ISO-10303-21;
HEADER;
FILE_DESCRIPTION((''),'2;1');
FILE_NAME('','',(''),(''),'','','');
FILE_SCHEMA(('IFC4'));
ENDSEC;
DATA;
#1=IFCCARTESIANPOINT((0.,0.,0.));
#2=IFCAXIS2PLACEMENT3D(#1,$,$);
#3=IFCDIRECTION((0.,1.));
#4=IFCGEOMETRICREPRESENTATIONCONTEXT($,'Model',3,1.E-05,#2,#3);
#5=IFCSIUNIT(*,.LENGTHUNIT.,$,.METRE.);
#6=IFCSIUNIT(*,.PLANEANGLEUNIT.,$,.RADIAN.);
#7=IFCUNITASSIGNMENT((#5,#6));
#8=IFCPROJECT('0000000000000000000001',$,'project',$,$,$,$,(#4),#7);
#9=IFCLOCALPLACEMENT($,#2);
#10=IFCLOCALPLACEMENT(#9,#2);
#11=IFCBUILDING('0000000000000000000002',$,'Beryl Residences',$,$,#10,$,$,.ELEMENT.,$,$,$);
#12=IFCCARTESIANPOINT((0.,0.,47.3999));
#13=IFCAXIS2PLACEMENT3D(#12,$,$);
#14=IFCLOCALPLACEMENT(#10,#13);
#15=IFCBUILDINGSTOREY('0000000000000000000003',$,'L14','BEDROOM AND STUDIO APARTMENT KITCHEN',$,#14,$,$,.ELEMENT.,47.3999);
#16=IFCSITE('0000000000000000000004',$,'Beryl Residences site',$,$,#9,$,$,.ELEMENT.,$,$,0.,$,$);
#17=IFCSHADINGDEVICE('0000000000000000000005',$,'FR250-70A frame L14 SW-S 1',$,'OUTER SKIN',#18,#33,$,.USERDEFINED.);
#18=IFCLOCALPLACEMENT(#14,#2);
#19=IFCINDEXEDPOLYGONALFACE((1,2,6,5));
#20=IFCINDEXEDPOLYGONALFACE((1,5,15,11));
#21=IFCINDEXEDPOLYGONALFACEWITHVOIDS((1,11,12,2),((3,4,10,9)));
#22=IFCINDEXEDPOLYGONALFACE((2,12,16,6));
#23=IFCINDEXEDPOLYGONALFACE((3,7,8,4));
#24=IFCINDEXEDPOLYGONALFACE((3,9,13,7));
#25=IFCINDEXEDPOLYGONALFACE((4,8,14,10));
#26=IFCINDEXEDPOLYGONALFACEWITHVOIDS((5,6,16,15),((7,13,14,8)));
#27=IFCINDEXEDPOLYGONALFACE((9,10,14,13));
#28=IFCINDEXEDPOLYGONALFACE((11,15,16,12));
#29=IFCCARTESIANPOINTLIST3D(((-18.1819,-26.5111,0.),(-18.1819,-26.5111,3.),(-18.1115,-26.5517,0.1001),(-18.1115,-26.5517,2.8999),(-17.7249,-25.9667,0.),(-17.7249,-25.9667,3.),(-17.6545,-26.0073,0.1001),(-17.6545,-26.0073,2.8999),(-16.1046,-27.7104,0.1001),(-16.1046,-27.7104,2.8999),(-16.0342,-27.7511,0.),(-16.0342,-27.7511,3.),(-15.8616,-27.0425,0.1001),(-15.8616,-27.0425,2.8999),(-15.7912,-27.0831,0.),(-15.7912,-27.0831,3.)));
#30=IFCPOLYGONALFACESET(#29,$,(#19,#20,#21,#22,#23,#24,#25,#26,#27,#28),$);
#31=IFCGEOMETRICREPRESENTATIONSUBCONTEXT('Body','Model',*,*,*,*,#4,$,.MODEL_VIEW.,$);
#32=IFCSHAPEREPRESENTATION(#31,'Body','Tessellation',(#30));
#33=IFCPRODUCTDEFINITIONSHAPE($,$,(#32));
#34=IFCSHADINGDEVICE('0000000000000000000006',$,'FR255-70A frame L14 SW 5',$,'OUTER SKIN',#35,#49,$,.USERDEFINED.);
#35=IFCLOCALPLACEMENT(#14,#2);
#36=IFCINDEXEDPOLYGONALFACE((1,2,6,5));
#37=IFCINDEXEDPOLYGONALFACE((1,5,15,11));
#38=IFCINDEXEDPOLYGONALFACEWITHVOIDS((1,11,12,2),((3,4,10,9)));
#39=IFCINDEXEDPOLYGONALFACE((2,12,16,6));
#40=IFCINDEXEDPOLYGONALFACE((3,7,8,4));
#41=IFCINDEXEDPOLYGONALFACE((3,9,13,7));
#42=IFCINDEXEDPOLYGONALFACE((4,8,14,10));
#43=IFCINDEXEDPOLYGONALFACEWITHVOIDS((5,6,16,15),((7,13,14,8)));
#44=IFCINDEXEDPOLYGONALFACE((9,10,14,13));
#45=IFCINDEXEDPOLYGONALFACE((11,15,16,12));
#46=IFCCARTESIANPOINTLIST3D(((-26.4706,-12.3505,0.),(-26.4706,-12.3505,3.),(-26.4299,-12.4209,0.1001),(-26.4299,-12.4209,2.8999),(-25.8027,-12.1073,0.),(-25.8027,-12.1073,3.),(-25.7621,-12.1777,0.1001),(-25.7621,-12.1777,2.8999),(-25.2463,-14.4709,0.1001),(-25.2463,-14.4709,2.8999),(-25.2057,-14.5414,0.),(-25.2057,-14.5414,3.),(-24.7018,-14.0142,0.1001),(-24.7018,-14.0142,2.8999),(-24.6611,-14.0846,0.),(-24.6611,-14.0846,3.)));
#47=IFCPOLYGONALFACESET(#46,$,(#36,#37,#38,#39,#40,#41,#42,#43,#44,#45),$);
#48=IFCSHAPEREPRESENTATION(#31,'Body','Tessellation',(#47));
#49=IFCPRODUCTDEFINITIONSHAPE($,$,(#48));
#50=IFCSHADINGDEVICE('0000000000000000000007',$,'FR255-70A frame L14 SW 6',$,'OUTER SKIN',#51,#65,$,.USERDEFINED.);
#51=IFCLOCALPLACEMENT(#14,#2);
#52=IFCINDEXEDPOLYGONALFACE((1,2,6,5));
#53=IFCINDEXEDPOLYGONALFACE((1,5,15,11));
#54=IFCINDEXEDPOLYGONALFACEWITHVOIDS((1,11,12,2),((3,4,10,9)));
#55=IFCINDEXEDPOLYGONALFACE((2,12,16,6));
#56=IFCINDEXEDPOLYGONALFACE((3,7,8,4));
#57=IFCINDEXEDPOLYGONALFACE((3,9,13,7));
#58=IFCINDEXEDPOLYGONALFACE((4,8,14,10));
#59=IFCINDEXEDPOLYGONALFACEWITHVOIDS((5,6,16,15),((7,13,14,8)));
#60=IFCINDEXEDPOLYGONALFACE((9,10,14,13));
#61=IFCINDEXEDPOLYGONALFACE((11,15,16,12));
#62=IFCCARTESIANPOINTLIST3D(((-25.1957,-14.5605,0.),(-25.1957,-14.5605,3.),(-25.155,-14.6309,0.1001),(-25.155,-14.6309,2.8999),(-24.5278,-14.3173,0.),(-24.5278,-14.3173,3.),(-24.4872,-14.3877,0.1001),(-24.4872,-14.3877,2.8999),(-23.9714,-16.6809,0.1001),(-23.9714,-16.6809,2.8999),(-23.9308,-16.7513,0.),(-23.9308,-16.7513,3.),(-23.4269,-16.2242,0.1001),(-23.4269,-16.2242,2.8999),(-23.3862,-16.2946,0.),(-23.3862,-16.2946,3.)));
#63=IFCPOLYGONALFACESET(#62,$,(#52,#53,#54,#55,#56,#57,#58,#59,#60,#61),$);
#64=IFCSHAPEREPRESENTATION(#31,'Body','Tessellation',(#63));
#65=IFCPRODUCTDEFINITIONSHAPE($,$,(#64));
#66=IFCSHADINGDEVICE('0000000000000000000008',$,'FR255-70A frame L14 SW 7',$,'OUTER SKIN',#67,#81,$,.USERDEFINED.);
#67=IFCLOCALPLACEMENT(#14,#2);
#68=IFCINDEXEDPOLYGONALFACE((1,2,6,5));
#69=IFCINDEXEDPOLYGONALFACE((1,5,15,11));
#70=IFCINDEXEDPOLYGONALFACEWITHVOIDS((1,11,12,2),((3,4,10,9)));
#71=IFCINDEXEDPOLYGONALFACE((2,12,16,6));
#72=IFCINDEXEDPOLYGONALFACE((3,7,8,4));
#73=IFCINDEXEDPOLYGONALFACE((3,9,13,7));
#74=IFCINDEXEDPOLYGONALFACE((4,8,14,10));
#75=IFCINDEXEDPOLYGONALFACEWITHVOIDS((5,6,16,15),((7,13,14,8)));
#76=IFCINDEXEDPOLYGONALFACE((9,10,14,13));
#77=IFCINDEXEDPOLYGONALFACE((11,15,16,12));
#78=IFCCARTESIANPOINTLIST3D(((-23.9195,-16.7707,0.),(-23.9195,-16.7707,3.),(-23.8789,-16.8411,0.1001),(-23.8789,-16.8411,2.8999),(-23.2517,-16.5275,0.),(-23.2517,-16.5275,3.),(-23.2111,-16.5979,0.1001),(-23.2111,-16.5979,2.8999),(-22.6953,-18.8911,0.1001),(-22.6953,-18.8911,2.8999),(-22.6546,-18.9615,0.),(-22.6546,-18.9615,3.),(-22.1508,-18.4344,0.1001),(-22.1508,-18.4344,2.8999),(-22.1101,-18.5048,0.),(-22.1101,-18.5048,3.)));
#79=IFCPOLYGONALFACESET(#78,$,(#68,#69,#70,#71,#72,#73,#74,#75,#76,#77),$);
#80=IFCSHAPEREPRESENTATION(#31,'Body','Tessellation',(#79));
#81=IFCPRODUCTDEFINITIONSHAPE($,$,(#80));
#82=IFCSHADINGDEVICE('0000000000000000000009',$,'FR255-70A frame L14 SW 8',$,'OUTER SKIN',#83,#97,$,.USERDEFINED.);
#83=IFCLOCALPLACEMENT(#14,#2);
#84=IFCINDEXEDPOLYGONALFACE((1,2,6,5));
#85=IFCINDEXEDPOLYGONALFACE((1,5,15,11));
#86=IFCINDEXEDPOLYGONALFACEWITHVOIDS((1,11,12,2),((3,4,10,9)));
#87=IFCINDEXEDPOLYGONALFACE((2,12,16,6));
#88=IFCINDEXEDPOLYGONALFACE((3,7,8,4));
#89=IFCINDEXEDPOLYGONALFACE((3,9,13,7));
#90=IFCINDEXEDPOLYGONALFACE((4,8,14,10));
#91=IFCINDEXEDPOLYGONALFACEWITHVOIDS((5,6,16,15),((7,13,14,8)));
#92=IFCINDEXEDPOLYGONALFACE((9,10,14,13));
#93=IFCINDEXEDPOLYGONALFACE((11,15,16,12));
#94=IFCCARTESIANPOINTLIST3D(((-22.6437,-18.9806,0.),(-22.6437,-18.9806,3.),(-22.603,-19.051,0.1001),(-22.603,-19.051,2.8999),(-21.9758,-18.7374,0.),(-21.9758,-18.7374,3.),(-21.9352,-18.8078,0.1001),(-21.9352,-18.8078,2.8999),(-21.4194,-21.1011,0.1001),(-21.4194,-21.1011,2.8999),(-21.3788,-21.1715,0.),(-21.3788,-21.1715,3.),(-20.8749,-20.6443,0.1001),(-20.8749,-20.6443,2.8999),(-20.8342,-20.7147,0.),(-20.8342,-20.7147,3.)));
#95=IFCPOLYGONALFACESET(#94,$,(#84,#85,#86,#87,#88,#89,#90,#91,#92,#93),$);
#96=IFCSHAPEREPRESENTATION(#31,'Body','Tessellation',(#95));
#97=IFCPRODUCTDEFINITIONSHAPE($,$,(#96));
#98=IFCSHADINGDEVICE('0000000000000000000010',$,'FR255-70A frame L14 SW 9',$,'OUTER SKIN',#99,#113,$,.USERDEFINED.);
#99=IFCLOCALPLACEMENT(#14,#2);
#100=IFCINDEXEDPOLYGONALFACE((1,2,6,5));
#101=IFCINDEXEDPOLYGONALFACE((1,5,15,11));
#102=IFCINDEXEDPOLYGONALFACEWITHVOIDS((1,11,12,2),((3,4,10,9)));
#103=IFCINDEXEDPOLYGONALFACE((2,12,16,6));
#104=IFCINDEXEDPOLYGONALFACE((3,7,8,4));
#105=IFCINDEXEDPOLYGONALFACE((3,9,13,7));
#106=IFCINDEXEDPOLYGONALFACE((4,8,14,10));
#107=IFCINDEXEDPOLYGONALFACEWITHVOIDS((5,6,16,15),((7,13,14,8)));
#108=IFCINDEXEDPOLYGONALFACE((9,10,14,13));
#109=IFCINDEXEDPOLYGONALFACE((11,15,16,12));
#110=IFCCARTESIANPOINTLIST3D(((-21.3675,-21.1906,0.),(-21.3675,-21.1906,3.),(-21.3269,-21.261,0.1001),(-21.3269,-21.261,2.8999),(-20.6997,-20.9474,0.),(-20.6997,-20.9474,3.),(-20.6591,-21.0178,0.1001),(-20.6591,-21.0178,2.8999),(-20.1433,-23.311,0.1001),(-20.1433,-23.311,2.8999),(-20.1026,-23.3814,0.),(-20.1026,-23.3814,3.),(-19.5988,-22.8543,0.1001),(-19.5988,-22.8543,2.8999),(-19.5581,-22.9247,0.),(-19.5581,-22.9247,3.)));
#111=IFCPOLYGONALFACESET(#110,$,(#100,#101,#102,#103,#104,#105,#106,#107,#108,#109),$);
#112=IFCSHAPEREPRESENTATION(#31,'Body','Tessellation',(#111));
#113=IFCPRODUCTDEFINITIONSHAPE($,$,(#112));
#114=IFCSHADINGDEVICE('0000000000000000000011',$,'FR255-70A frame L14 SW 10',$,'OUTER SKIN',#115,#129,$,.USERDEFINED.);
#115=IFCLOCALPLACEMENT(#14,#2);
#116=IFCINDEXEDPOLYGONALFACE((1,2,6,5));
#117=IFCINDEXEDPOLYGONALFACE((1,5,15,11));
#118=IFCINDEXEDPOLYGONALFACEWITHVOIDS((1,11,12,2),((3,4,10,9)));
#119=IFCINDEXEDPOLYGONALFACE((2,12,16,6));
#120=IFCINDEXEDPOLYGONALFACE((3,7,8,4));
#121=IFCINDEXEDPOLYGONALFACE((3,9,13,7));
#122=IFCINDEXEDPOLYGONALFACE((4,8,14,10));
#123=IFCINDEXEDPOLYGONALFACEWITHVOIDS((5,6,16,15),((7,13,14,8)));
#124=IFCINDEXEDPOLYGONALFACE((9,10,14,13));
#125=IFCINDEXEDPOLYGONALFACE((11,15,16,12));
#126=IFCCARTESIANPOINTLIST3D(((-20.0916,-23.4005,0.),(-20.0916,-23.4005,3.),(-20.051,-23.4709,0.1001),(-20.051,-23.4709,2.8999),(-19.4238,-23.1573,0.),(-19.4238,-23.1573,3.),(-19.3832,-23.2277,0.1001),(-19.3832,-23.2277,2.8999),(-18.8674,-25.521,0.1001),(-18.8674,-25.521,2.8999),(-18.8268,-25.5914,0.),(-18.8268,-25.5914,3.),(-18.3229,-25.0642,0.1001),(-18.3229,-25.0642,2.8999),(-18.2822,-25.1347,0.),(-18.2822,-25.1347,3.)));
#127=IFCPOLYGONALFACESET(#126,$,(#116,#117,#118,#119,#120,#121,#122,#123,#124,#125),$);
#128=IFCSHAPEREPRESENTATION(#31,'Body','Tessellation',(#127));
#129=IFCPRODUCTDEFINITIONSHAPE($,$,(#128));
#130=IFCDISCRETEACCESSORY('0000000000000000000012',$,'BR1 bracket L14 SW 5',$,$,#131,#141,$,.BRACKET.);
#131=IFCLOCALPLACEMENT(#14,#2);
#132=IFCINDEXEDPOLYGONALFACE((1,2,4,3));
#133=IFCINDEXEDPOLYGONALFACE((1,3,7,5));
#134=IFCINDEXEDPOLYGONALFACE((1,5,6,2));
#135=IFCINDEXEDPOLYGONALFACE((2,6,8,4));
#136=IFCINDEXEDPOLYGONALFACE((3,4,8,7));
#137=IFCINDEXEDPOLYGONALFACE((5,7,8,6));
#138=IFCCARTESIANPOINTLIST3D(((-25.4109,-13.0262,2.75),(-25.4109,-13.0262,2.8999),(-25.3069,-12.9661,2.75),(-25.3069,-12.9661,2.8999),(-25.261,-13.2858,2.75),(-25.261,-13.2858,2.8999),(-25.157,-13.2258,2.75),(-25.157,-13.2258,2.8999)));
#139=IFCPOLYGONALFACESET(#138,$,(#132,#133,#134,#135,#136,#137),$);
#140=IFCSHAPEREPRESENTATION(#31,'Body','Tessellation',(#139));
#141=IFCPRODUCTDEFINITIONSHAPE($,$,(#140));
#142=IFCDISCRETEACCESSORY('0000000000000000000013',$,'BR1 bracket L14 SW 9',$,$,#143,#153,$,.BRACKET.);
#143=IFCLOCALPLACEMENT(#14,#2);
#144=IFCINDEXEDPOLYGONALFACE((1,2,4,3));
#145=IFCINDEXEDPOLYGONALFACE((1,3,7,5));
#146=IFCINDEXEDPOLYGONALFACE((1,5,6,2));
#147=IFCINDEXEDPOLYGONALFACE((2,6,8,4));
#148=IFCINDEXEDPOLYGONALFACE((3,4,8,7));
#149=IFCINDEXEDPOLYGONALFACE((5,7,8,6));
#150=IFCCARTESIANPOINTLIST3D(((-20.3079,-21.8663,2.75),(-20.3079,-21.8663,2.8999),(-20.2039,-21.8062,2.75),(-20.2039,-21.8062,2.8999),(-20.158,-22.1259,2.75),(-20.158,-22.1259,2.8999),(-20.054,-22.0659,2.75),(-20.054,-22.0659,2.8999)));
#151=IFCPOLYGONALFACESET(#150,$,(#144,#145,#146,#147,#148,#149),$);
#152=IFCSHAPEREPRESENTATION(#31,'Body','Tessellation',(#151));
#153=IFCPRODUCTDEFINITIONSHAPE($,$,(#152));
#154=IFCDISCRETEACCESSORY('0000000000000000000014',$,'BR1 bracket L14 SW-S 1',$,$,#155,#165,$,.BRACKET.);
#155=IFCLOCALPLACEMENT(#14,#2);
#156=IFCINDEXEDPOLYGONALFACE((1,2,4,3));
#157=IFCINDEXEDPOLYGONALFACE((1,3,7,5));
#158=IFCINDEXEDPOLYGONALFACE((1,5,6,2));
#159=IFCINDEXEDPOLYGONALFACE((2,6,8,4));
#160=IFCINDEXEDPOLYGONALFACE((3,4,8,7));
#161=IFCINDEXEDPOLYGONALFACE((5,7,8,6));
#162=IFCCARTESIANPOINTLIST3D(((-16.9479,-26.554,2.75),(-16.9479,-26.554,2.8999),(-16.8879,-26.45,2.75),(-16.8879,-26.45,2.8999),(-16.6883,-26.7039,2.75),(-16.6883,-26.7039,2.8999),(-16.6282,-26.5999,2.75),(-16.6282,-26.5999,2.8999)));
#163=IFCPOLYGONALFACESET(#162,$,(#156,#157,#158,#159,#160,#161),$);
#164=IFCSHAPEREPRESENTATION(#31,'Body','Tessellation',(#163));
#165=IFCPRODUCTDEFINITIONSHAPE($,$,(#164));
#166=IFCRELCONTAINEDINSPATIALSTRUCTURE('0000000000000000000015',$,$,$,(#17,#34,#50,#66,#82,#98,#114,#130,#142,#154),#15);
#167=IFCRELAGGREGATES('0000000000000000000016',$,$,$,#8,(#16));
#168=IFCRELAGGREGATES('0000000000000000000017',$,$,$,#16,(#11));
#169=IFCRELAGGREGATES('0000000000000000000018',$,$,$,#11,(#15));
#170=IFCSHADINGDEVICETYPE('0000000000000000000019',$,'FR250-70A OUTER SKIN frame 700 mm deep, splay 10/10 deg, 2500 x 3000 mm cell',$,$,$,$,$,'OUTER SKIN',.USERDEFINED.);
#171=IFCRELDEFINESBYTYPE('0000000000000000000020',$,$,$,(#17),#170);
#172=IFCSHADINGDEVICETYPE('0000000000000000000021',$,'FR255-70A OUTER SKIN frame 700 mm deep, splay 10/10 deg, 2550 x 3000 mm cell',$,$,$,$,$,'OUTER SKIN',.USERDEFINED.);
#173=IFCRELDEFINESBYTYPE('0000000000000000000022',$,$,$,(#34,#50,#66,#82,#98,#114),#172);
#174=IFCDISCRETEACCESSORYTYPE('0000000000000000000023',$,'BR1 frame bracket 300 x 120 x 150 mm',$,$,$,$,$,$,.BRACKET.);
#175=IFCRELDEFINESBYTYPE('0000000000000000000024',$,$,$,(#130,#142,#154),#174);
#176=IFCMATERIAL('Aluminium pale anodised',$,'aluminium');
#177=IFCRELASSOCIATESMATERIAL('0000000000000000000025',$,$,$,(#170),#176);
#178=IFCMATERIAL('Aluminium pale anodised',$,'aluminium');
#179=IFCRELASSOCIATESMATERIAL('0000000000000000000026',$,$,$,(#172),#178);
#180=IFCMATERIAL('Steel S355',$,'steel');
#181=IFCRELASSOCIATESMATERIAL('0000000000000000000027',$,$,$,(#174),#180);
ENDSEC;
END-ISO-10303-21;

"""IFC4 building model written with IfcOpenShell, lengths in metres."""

from ifc_helpers import new_model, entity, si_unit, direction, frame, origin, place, context, subcontext, project, spatial, polyline, outline, extrude, source, transform, mapped, material, type_object, type_shapes, element, save


model = new_model("IFC4")

# Units and contexts
model_context = context("Model", 3, precision=1e-05, world=origin(), true_north=direction((0.0, 1.0)))
body_context = subcontext(model_context, "Body", "Model", "MODEL_VIEW")
ifc_project = project(units=[si_unit("LENGTHUNIT", "METRE"), si_unit("PLANEANGLEUNIT", "RADIAN")], contexts=[model_context])

# Site, building, storey
site_placement = place(None, origin())
site = spatial("IfcSite", under=ifc_project, at=site_placement, Name="Beryl Residences site", CompositionType="ELEMENT", RefElevation=0.0)
building_placement = place(site_placement, origin())
building = spatial("IfcBuilding", under=site, at=building_placement, Name="Beryl Residences", CompositionType="ELEMENT")
storey_placement = place(building_placement, frame((0.0, 0.0, 47.3999)))
storey = spatial("IfcBuildingStorey", under=building, at=storey_placement, Name="L14", Description="BEDROOM AND STUDIO APARTMENT KITCHEN", CompositionType="ELEMENT", Elevation=47.3999)

# Shading devices
ifc_material_1 = material(Name="Aluminium pale anodised", Category="aluminium")
shading_device_type_1 = type_object("IfcShadingDeviceType", Name="FR250-70A OUTER SKIN frame 700 mm deep, splay 10/10 deg, 2500 x 3000 mm cell", ElementType="OUTER SKIN", PredefinedType="USERDEFINED", material=ifc_material_1)
cartesian_point_1 = entity("IfcCartesianPoint", [-1.1165, 0.0])
cartesian_point_2 = entity("IfcCartesianPoint", [-1.0352, 0.1001])
cartesian_point_3 = entity("IfcCartesianPoint", [-1.24, 0.0])
cartesian_point_4 = entity("IfcCartesianPoint", [-1.1587, 0.1001])
shared_shape_1 = source(origin(), body_context, "Body", "SweptSolid", [
    entity("IfcExtrudedAreaSolidTapered", entity("IfcArbitraryProfileDefWithVoids", "AREA", None, entity("IfcPolyline", [cartesian_point_1, entity("IfcCartesianPoint", [1.1165, 0.0]), entity("IfcCartesianPoint", [1.1165, 3.0]), entity("IfcCartesianPoint", [-1.1165, 3.0]), cartesian_point_1]), [entity("IfcPolyline", [cartesian_point_2, entity("IfcCartesianPoint", [1.0352, 0.1001]), entity("IfcCartesianPoint", [1.0352, 2.8999]), entity("IfcCartesianPoint", [-1.0352, 2.8999]), cartesian_point_2])]), entity("IfcAxis2Placement3D", entity("IfcCartesianPoint", [0.0, 0.0, 0.0]), entity("IfcDirection", [0.0, 1.0, 0.0]), entity("IfcDirection", [-1.0, 0.0, 0.0])), entity("IfcDirection", [0.0, 0.0, 1.0]), 0.7, entity("IfcArbitraryProfileDefWithVoids", "AREA", None, entity("IfcPolyline", [cartesian_point_3, entity("IfcCartesianPoint", [1.24, 0.0]), entity("IfcCartesianPoint", [1.24, 3.0]), entity("IfcCartesianPoint", [-1.24, 3.0]), cartesian_point_3]), [entity("IfcPolyline", [cartesian_point_4, entity("IfcCartesianPoint", [1.1587, 0.1001]), entity("IfcCartesianPoint", [1.1587, 2.8999]), entity("IfcCartesianPoint", [-1.1587, 2.8999]), cartesian_point_4])])),
])
type_shapes(shading_device_type_1, [shared_shape_1])
shading_device_placement = place(storey_placement, frame((-16.7581, -26.5249, 0.0), z_axis=(0.0, 0.0, 1.0), x_axis=(-0.866025, 0.5, 0.0)))
element("IfcShadingDevice", 1, at=shading_device_placement, inside=storey, type_object=shading_device_type_1, Name="FR250-70A frame L14 SW-S 1", ObjectType="OUTER SKIN", PredefinedType="USERDEFINED", context=body_context, shape_type="MappedRepresentation", body=[
    mapped(shared_shape_1, transform((0.0, 0.0, 0.0))),
])
ifc_material_2 = material(Name="Aluminium pale anodised", Category="aluminium")
shading_device_type_2 = type_object("IfcShadingDeviceType", Name="FR255-70A OUTER SKIN frame 700 mm deep, splay 10/10 deg, 2550 x 3000 mm cell", ElementType="OUTER SKIN", PredefinedType="USERDEFINED", material=ifc_material_2)
cartesian_point_5 = entity("IfcCartesianPoint", [-1.1416, 0.0])
cartesian_point_6 = entity("IfcCartesianPoint", [-1.0603, 0.1001])
cartesian_point_7 = entity("IfcCartesianPoint", [-1.2649, 0.0])
cartesian_point_8 = entity("IfcCartesianPoint", [-1.1836, 0.1001])
shared_shape_2 = source(origin(), body_context, "Body", "SweptSolid", [
    entity("IfcExtrudedAreaSolidTapered", entity("IfcArbitraryProfileDefWithVoids", "AREA", None, entity("IfcPolyline", [cartesian_point_5, entity("IfcCartesianPoint", [1.1416, 0.0]), entity("IfcCartesianPoint", [1.1416, 3.0]), entity("IfcCartesianPoint", [-1.1416, 3.0]), cartesian_point_5]), [entity("IfcPolyline", [cartesian_point_6, entity("IfcCartesianPoint", [1.0603, 0.1001]), entity("IfcCartesianPoint", [1.0603, 2.8999]), entity("IfcCartesianPoint", [-1.0603, 2.8999]), cartesian_point_6])]), entity("IfcAxis2Placement3D", entity("IfcCartesianPoint", [0.0, 0.0, 0.0]), entity("IfcDirection", [0.0, 1.0, 0.0]), entity("IfcDirection", [-1.0, 0.0, 0.0])), entity("IfcDirection", [0.0, 0.0, 1.0]), 0.7, entity("IfcArbitraryProfileDefWithVoids", "AREA", None, entity("IfcPolyline", [cartesian_point_7, entity("IfcCartesianPoint", [1.2649, 0.0]), entity("IfcCartesianPoint", [1.2649, 3.0]), entity("IfcCartesianPoint", [-1.2649, 3.0]), cartesian_point_7]), [entity("IfcPolyline", [cartesian_point_8, entity("IfcCartesianPoint", [1.1836, 0.1001]), entity("IfcCartesianPoint", [1.1836, 2.8999]), entity("IfcCartesianPoint", [-1.1836, 2.8999]), cartesian_point_8])])),
])
type_shapes(shading_device_type_2, [shared_shape_2])
for number, where, z_axis, x_axis, name in (
    (2, (-25.2319, -13.0959, 0.0), (0.0, 0.0, 1.0), (-0.5, 0.866025, 0.0), "FR255-70A frame L14 SW 5"),
    (3, (-23.957, -15.3059, 0.0), (0.0, 0.0, 1.0), (-0.5, 0.866025, 0.0), "FR255-70A frame L14 SW 6"),
    (4, (-22.6809, -17.5161, 0.0), (0.0, 0.0, 1.0), (-0.5, 0.866025, 0.0), "FR255-70A frame L14 SW 7"),
    (5, (-21.405, -19.7261, 0.0), (0.0, 0.0, 1.0), (-0.5, 0.866025, 0.0), "FR255-70A frame L14 SW 8"),
    (6, (-20.1289, -21.936, 0.0), (0.0, 0.0, 1.0), (-0.5, 0.866025, 0.0), "FR255-70A frame L14 SW 9"),
    (7, (-18.853, -24.146, 0.0), (0.0, 0.0, 1.0), (-0.5, 0.866025, 0.0), "FR255-70A frame L14 SW 10"),
):
    element("IfcShadingDevice", number, at=place(storey_placement, frame(where, z_axis=z_axis, x_axis=x_axis)), inside=storey, type_object=shading_device_type_2, Name=name, ObjectType="OUTER SKIN", PredefinedType="USERDEFINED", context=body_context, shape_type="MappedRepresentation", body=[
        mapped(shared_shape_2, transform((0.0, 0.0, 0.0))),
    ])

# Discrete accessories
ifc_material_3 = material(Name="Steel S355", Category="steel")
discrete_accessory_type = type_object("IfcDiscreteAccessoryType", Name="BR1 frame bracket 300 x 120 x 150 mm", PredefinedType="BRACKET", material=ifc_material_3)
shared_shape_3 = source(origin(), body_context, "Body", "SweptSolid", [
    extrude(outline(polyline([(-0.1499, 0.0), (0.1499, 0.0), (0.1499, 0.1201), (-0.1499, 0.1201), (-0.1499, 0.0)])), origin(), (0.0, 0.0, 1.0), 0.1499),
])
type_shapes(discrete_accessory_type, [shared_shape_3])
for number, where, z_axis, x_axis, name in (
    (8, (-25.2319, -13.0959, 2.75), (0.0, 0.0, 1.0), (-0.5, 0.866025, 0.0), "BR1 bracket L14 SW 5"),
    (9, (-20.1289, -21.936, 2.75), (0.0, 0.0, 1.0), (-0.5, 0.866025, 0.0), "BR1 bracket L14 SW 9"),
    (10, (-16.7581, -26.5249, 2.75), (0.0, 0.0, 1.0), (-0.866025, 0.5, 0.0), "BR1 bracket L14 SW-S 1"),
):
    element("IfcDiscreteAccessory", number, at=place(storey_placement, frame(where, z_axis=z_axis, x_axis=x_axis)), inside=storey, type_object=discrete_accessory_type, Name=name, PredefinedType="BRACKET", context=body_context, shape_type="MappedRepresentation", body=[
        mapped(shared_shape_3, transform((0.0, 0.0, 0.0))),
    ])

save(model, "model.ifc")
